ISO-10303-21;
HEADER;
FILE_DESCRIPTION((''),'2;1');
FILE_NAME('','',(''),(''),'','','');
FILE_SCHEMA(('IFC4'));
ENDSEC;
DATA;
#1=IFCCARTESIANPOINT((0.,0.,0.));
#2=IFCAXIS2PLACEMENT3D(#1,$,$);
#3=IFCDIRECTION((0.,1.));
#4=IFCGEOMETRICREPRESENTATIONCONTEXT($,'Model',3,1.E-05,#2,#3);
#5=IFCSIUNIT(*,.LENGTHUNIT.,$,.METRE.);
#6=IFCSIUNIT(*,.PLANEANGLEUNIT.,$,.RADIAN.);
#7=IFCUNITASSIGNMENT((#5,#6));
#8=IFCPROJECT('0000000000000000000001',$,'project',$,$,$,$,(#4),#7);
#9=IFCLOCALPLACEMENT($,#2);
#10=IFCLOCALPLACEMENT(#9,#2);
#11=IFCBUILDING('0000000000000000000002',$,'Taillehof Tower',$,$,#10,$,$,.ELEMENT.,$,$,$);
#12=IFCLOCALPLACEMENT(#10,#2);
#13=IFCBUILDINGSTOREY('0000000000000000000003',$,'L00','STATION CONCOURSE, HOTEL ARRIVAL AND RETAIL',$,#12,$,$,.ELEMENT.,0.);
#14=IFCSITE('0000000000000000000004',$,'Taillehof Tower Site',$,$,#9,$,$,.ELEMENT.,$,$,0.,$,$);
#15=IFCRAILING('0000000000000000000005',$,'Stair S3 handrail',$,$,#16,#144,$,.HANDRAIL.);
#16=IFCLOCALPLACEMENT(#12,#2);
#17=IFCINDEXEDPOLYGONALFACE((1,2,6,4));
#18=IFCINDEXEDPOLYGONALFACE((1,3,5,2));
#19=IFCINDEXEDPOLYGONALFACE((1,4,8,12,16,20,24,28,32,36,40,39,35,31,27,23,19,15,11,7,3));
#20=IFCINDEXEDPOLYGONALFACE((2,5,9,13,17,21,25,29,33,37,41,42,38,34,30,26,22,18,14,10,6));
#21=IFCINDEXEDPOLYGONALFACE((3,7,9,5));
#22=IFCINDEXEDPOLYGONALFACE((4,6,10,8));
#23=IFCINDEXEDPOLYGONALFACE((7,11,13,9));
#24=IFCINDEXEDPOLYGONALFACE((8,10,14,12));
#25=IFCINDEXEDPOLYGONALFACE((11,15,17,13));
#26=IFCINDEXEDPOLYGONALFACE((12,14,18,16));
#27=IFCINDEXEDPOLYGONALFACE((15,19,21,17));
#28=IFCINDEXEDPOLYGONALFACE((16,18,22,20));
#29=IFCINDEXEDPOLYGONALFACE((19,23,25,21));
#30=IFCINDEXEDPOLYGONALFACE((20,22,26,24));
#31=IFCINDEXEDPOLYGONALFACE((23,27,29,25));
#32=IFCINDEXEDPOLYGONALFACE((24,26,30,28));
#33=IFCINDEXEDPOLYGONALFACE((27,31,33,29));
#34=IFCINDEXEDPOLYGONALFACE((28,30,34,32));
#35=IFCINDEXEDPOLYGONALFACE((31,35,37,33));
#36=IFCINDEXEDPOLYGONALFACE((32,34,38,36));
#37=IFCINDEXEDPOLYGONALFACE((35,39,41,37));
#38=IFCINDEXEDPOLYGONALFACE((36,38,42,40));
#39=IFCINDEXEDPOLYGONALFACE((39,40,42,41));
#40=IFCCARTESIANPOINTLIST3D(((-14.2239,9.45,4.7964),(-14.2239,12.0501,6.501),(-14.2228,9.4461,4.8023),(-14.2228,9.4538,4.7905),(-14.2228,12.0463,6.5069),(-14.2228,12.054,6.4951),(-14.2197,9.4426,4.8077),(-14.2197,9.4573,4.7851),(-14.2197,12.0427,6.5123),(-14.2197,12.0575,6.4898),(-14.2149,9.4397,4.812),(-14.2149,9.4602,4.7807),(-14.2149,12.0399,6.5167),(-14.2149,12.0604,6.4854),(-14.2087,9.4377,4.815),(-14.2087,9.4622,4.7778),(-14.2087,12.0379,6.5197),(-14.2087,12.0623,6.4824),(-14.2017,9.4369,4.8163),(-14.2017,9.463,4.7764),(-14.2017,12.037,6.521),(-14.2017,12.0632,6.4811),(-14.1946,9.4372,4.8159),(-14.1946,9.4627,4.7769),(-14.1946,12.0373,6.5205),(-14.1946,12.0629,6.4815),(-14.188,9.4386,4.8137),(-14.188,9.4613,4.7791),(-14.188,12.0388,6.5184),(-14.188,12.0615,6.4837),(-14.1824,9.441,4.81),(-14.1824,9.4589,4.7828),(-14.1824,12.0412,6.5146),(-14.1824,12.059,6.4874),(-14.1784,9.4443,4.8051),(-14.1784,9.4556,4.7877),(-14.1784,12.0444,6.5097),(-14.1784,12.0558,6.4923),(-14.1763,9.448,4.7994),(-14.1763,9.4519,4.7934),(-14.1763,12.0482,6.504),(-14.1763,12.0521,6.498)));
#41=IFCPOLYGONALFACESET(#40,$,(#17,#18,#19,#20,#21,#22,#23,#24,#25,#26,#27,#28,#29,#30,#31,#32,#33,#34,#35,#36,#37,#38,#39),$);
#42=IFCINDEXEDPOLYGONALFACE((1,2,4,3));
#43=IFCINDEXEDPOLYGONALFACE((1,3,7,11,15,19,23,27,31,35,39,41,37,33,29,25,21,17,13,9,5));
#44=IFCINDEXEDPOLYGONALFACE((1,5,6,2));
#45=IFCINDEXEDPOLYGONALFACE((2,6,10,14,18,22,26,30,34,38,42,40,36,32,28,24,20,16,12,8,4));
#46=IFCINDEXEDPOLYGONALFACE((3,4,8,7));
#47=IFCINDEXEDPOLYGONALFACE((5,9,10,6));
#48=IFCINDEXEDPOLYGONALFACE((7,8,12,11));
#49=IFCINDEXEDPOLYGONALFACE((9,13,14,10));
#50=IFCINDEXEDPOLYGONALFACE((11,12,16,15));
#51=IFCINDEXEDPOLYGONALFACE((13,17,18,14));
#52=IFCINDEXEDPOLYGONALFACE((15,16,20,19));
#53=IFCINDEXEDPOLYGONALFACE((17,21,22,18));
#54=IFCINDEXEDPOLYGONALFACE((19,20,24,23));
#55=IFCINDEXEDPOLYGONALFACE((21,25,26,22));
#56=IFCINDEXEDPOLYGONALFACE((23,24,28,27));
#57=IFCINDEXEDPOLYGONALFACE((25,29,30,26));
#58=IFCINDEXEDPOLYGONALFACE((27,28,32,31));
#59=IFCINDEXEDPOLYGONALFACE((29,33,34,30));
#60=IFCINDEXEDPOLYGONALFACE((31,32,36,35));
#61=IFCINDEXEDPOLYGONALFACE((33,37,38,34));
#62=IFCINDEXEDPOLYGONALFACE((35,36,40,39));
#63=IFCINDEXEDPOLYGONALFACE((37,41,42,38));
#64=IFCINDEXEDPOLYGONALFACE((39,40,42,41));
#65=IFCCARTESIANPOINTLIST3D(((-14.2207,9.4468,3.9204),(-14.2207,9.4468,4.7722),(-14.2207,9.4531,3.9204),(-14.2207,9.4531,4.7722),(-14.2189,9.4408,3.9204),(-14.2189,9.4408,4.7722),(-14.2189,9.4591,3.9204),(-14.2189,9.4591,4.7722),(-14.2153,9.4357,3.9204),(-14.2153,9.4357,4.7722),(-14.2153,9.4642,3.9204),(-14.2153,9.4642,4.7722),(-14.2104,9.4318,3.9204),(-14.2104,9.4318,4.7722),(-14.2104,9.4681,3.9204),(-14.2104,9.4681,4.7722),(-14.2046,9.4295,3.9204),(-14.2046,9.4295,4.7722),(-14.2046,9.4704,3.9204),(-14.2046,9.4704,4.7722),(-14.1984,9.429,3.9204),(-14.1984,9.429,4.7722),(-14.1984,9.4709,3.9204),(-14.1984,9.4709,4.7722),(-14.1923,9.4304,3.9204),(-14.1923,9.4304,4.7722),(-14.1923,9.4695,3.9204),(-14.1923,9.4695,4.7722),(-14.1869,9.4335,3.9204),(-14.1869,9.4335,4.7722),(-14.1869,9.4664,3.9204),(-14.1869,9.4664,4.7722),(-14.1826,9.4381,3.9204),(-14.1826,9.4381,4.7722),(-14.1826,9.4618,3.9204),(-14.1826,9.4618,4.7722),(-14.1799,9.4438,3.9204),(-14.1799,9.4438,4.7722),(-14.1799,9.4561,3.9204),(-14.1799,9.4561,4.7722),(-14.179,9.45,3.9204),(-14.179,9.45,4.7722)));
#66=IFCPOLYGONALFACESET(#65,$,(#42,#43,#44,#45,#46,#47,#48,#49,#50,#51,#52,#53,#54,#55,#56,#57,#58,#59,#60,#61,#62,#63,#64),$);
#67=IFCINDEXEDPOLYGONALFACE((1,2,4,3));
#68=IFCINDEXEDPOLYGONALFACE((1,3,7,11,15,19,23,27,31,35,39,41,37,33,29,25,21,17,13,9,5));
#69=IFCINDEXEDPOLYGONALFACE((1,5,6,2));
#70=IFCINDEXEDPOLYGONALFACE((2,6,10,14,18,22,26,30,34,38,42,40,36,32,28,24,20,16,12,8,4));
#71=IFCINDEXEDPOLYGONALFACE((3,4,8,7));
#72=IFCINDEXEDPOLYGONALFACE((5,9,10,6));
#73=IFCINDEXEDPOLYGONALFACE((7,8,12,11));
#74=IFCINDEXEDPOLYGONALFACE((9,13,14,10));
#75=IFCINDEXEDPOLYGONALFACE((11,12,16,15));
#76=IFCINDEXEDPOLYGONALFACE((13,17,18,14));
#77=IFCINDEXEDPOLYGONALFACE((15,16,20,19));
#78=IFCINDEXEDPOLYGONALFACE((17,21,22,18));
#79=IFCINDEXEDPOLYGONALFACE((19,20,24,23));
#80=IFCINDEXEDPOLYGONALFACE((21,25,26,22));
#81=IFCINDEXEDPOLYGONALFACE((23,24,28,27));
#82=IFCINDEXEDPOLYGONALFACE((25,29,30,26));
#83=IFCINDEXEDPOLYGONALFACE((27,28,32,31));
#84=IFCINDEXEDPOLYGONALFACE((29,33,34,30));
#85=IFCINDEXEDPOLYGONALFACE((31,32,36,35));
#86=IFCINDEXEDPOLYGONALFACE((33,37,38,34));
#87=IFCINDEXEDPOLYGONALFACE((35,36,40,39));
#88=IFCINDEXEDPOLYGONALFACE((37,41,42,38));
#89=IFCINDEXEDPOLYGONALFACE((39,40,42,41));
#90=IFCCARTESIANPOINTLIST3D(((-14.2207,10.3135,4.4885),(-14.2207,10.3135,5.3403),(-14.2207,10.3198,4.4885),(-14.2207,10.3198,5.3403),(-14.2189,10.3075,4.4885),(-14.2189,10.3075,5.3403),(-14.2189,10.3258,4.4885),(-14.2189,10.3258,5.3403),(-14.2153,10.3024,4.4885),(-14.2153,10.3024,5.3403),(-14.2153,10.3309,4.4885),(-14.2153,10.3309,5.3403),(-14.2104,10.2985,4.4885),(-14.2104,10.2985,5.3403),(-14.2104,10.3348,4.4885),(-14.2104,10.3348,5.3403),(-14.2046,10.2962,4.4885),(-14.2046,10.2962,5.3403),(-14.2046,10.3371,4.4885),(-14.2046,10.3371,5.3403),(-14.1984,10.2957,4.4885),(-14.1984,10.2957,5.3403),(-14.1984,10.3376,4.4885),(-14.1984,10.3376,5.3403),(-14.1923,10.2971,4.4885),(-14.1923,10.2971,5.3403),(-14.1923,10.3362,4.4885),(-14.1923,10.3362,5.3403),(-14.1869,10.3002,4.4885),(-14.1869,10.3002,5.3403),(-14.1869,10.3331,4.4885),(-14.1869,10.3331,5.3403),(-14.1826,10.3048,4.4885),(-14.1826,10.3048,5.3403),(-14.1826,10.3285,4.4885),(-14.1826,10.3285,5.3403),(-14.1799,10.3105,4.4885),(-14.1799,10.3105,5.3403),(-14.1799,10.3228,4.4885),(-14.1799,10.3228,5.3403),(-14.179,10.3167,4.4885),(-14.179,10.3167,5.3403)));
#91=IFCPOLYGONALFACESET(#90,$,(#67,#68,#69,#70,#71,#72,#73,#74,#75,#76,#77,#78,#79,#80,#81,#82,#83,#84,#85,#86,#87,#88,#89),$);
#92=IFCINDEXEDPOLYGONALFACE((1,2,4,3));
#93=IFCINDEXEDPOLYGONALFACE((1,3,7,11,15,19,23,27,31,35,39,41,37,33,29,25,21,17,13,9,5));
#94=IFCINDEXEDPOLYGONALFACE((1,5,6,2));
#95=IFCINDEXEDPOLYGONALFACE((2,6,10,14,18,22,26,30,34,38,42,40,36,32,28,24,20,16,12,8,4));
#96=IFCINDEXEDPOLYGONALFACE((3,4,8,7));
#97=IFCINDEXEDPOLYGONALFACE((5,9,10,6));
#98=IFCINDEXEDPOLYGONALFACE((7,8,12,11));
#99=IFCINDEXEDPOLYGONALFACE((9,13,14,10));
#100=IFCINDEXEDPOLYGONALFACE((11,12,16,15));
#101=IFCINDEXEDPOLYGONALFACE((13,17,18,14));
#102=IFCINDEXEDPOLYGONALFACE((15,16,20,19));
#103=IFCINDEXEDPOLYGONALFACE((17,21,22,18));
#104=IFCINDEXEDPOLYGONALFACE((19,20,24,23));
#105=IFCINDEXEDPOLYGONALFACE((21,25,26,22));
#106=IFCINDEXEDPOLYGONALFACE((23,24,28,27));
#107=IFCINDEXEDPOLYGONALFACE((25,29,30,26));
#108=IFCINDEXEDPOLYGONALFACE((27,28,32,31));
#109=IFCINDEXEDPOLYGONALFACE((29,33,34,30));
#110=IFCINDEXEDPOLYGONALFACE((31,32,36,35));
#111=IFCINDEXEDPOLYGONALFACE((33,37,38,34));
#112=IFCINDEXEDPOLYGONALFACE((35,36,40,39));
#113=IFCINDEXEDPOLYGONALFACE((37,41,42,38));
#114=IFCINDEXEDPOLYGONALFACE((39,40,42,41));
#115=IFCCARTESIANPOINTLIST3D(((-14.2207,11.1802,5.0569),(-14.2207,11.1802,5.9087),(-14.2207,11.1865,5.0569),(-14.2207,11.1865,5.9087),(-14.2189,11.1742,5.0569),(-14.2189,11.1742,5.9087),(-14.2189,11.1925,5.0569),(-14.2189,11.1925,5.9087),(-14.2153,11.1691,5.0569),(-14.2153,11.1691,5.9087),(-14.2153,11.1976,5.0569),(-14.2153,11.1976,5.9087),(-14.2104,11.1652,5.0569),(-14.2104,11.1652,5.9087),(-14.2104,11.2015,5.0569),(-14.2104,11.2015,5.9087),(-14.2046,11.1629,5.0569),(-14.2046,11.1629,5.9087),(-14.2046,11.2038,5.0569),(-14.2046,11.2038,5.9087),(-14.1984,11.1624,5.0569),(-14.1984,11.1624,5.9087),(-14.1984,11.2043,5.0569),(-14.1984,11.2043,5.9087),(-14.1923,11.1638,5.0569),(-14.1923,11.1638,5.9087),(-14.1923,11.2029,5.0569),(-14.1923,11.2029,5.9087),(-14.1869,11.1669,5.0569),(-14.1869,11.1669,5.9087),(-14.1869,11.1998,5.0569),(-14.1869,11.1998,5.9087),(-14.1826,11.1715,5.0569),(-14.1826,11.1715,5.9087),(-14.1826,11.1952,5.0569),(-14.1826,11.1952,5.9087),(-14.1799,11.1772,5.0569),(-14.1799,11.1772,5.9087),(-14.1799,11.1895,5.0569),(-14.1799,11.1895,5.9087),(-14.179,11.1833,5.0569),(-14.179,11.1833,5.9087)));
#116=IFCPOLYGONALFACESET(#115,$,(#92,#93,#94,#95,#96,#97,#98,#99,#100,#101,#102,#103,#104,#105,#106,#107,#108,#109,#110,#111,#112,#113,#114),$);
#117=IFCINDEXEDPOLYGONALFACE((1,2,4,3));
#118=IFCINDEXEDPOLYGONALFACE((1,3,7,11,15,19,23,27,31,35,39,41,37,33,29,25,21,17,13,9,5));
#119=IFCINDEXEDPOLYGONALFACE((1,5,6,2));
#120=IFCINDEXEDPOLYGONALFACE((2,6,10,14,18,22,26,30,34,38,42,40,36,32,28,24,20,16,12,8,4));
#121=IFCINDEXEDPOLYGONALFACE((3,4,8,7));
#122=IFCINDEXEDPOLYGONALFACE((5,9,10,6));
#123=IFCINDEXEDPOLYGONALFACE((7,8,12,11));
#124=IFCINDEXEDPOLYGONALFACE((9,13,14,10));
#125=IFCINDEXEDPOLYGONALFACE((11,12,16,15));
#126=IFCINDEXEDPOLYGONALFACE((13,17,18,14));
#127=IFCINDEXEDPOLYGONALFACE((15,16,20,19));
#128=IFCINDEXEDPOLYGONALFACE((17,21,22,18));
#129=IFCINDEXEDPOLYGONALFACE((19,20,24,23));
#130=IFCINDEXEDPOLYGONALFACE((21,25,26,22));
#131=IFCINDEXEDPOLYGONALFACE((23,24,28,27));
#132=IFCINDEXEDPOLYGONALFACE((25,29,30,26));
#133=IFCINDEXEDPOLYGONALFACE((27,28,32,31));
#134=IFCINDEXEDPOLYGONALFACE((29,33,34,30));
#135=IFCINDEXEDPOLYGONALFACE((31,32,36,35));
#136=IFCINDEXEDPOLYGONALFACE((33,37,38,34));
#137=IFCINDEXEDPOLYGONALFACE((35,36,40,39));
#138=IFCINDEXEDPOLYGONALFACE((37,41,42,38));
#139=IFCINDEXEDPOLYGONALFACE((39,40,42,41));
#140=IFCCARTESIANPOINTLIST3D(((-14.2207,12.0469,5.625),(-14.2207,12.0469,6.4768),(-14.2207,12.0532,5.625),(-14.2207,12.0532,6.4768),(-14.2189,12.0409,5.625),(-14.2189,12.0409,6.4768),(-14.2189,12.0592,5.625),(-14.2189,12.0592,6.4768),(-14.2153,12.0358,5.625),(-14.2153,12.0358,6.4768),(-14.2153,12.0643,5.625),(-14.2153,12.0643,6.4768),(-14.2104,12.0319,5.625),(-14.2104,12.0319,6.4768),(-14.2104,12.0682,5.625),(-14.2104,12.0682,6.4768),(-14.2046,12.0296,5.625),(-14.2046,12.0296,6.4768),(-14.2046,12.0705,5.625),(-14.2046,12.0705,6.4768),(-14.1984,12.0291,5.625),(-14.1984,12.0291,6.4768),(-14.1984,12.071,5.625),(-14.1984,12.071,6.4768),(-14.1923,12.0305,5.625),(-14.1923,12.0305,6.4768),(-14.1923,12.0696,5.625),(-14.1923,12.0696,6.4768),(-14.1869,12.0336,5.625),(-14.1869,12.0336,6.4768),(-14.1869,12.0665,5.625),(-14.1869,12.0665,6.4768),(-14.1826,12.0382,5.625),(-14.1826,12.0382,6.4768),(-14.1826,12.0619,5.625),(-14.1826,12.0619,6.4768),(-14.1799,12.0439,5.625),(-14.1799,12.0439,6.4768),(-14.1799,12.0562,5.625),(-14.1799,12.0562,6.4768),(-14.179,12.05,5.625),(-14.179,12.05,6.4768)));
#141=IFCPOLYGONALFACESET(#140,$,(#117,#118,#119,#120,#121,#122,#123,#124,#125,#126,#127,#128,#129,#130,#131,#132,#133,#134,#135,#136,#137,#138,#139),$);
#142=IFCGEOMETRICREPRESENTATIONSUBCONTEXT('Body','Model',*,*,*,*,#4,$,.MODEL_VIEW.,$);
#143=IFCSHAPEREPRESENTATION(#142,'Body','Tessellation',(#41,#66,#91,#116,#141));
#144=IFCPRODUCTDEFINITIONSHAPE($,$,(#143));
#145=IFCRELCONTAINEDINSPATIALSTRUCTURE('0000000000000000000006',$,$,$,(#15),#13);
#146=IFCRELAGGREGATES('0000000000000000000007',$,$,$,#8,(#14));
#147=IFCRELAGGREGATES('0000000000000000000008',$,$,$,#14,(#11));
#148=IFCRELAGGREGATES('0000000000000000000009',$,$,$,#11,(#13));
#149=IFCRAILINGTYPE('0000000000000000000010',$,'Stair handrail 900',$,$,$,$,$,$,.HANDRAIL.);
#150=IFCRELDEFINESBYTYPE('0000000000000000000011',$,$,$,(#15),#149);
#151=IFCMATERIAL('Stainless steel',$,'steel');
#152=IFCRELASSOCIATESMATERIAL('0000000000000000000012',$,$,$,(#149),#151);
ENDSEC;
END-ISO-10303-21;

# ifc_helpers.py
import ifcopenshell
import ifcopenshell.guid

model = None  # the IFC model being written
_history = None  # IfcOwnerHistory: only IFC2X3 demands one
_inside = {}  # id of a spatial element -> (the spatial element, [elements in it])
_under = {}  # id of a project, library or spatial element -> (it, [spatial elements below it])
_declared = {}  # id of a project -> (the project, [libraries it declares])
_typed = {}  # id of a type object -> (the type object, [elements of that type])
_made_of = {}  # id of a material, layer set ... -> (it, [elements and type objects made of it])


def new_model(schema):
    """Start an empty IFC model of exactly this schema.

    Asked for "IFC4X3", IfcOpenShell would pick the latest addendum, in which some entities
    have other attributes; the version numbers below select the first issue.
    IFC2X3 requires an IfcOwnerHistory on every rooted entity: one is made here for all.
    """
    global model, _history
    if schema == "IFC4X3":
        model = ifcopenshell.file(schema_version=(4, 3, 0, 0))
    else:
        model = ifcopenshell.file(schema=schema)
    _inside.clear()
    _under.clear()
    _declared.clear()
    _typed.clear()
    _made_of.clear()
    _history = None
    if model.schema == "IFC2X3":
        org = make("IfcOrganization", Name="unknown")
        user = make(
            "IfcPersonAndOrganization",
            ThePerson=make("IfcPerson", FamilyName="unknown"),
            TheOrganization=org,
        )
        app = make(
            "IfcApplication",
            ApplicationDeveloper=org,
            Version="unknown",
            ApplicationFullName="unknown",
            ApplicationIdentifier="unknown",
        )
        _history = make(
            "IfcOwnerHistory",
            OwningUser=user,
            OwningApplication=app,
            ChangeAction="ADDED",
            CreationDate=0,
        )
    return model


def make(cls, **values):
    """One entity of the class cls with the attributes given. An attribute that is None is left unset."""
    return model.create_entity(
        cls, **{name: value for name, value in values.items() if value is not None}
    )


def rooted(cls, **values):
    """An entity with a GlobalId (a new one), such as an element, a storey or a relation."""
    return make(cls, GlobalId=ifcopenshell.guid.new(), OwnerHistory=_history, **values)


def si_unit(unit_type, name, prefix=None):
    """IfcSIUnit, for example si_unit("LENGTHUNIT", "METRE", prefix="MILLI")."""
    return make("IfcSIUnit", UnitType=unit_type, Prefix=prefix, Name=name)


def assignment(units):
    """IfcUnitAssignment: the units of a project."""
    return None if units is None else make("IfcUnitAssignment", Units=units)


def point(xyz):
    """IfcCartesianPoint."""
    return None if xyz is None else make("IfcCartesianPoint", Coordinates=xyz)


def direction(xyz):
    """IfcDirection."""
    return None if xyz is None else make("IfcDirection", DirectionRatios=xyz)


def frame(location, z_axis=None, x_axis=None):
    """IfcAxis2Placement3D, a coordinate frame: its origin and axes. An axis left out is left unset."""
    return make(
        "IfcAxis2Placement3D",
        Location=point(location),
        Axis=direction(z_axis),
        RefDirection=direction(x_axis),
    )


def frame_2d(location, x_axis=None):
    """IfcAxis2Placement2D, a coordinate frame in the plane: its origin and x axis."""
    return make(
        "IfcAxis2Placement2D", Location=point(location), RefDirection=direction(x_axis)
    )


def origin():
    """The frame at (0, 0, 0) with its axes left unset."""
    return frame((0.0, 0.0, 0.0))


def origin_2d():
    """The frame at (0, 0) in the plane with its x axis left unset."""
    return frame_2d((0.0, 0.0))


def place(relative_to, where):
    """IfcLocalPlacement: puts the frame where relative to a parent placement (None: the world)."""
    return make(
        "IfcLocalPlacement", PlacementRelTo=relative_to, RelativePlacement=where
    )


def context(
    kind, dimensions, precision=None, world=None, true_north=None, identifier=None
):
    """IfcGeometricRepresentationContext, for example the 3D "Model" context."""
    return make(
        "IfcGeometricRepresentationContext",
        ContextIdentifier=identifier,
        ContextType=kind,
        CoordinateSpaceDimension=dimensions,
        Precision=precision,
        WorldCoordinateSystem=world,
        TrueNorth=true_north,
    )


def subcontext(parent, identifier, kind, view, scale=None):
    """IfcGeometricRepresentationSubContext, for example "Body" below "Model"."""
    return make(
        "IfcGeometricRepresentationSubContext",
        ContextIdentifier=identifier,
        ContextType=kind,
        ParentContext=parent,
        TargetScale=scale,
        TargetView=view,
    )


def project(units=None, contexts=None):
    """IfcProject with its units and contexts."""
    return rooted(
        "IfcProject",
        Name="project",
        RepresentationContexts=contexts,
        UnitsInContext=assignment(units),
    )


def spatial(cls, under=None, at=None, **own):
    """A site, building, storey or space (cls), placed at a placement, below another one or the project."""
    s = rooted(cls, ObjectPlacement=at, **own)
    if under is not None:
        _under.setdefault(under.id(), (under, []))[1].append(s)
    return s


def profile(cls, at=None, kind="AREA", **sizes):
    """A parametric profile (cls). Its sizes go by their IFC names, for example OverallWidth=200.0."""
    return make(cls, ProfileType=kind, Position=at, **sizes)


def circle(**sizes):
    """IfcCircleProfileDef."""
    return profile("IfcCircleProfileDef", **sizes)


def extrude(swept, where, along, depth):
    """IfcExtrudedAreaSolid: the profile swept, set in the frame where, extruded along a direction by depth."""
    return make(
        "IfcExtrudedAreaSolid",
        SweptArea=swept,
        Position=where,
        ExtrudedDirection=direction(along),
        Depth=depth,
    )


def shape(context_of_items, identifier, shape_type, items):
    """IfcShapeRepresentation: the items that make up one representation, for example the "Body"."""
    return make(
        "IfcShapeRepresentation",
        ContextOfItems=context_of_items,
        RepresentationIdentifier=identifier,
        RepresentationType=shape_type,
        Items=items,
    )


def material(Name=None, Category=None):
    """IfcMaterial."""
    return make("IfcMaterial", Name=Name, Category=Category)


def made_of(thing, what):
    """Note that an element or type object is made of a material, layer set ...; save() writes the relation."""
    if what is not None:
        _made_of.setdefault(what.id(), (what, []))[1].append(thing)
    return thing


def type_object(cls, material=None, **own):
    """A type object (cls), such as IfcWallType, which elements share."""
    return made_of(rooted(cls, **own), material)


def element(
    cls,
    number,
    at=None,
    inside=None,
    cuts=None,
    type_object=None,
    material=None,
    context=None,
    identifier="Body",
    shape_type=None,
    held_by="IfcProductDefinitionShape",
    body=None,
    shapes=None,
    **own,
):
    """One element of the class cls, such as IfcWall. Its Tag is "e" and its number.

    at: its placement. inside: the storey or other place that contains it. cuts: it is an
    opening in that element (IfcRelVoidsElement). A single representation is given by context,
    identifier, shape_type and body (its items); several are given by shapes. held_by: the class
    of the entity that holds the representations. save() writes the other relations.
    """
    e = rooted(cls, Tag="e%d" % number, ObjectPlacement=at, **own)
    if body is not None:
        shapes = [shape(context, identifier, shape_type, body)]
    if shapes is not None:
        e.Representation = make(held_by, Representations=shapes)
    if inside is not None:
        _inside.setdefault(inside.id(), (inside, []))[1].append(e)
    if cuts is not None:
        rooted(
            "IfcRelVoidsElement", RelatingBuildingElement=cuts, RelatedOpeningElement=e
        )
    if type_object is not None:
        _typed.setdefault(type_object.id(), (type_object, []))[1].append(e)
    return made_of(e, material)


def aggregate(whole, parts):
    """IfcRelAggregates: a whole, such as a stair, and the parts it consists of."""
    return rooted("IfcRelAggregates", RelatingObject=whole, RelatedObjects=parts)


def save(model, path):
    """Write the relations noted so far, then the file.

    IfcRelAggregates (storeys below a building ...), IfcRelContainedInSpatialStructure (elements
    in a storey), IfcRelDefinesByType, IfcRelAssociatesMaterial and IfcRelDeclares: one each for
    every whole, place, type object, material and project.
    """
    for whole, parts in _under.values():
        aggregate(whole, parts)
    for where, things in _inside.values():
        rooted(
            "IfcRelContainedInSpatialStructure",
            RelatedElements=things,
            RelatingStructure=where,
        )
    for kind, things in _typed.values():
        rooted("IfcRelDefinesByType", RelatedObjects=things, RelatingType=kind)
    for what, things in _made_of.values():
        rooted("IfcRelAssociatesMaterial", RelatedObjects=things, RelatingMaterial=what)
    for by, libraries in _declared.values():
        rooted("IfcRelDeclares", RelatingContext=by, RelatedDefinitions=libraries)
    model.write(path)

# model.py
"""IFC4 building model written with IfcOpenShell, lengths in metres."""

from ifc_helpers import new_model, si_unit, direction, frame, origin, origin_2d, place, context, subcontext, project, spatial, circle, extrude, material, type_object, element, save


model = new_model("IFC4")

# Units and contexts
model_context = context("Model", 3, precision=1e-05, world=origin(), true_north=direction((0.0, 1.0)))
body_context = subcontext(model_context, "Body", "Model", "MODEL_VIEW")
ifc_project = project(units=[si_unit("LENGTHUNIT", "METRE"), si_unit("PLANEANGLEUNIT", "RADIAN")], contexts=[model_context])

# Site, building, storey
site_placement = place(None, origin())
site = spatial("IfcSite", under=ifc_project, at=site_placement, Name="Taillehof Tower Site", CompositionType="ELEMENT", RefElevation=0.0)
building_placement = place(site_placement, origin())
building = spatial("IfcBuilding", under=site, at=building_placement, Name="Taillehof Tower", CompositionType="ELEMENT")
storey_placement = place(building_placement, origin())
storey = spatial("IfcBuildingStorey", under=building, at=storey_placement, Name="L00", Description="STATION CONCOURSE, HOTEL ARRIVAL AND RETAIL", CompositionType="ELEMENT", Elevation=0.0)

# Railing
ifc_material_1 = material(Name="Stainless steel", Category="steel")
railing_type = type_object("IfcRailingType", Name="Stair handrail 900", PredefinedType="HANDRAIL", material=ifc_material_1)
for number, where, name in (
    (1, (-14.2, 9.45, 3.9204), "Stair S3 handrail"),
):
    element("IfcRailing", number, at=place(storey_placement, frame(where)), inside=storey, type_object=railing_type, Name=name, PredefinedType="HANDRAIL", context=body_context, shape_type="SweptSolid", body=[
        extrude(circle(Radius=0.0239, at=origin_2d()), frame((0.0, 0.0, 0.876), z_axis=(0.0, 0.836302, 0.548269), x_axis=(-1.0, 0.0, 0.0)), (0.0, 0.0, 1.0), 3.1091),
        extrude(circle(Radius=0.021, at=origin_2d()), origin(), (0.0, 0.0, 1.0), 0.8518),
        extrude(circle(Radius=0.021, at=origin_2d()), frame((0.0, 0.8667, 0.5681)), (0.0, 0.0, 1.0), 0.8518),
        extrude(circle(Radius=0.021, at=origin_2d()), frame((0.0, 1.7334, 1.1365)), (0.0, 0.0, 1.0), 0.8518),
        extrude(circle(Radius=0.021, at=origin_2d()), frame((0.0, 2.6001, 1.7046)), (0.0, 0.0, 1.0), 0.8518),
    ])

save(model, "model.ifc")
